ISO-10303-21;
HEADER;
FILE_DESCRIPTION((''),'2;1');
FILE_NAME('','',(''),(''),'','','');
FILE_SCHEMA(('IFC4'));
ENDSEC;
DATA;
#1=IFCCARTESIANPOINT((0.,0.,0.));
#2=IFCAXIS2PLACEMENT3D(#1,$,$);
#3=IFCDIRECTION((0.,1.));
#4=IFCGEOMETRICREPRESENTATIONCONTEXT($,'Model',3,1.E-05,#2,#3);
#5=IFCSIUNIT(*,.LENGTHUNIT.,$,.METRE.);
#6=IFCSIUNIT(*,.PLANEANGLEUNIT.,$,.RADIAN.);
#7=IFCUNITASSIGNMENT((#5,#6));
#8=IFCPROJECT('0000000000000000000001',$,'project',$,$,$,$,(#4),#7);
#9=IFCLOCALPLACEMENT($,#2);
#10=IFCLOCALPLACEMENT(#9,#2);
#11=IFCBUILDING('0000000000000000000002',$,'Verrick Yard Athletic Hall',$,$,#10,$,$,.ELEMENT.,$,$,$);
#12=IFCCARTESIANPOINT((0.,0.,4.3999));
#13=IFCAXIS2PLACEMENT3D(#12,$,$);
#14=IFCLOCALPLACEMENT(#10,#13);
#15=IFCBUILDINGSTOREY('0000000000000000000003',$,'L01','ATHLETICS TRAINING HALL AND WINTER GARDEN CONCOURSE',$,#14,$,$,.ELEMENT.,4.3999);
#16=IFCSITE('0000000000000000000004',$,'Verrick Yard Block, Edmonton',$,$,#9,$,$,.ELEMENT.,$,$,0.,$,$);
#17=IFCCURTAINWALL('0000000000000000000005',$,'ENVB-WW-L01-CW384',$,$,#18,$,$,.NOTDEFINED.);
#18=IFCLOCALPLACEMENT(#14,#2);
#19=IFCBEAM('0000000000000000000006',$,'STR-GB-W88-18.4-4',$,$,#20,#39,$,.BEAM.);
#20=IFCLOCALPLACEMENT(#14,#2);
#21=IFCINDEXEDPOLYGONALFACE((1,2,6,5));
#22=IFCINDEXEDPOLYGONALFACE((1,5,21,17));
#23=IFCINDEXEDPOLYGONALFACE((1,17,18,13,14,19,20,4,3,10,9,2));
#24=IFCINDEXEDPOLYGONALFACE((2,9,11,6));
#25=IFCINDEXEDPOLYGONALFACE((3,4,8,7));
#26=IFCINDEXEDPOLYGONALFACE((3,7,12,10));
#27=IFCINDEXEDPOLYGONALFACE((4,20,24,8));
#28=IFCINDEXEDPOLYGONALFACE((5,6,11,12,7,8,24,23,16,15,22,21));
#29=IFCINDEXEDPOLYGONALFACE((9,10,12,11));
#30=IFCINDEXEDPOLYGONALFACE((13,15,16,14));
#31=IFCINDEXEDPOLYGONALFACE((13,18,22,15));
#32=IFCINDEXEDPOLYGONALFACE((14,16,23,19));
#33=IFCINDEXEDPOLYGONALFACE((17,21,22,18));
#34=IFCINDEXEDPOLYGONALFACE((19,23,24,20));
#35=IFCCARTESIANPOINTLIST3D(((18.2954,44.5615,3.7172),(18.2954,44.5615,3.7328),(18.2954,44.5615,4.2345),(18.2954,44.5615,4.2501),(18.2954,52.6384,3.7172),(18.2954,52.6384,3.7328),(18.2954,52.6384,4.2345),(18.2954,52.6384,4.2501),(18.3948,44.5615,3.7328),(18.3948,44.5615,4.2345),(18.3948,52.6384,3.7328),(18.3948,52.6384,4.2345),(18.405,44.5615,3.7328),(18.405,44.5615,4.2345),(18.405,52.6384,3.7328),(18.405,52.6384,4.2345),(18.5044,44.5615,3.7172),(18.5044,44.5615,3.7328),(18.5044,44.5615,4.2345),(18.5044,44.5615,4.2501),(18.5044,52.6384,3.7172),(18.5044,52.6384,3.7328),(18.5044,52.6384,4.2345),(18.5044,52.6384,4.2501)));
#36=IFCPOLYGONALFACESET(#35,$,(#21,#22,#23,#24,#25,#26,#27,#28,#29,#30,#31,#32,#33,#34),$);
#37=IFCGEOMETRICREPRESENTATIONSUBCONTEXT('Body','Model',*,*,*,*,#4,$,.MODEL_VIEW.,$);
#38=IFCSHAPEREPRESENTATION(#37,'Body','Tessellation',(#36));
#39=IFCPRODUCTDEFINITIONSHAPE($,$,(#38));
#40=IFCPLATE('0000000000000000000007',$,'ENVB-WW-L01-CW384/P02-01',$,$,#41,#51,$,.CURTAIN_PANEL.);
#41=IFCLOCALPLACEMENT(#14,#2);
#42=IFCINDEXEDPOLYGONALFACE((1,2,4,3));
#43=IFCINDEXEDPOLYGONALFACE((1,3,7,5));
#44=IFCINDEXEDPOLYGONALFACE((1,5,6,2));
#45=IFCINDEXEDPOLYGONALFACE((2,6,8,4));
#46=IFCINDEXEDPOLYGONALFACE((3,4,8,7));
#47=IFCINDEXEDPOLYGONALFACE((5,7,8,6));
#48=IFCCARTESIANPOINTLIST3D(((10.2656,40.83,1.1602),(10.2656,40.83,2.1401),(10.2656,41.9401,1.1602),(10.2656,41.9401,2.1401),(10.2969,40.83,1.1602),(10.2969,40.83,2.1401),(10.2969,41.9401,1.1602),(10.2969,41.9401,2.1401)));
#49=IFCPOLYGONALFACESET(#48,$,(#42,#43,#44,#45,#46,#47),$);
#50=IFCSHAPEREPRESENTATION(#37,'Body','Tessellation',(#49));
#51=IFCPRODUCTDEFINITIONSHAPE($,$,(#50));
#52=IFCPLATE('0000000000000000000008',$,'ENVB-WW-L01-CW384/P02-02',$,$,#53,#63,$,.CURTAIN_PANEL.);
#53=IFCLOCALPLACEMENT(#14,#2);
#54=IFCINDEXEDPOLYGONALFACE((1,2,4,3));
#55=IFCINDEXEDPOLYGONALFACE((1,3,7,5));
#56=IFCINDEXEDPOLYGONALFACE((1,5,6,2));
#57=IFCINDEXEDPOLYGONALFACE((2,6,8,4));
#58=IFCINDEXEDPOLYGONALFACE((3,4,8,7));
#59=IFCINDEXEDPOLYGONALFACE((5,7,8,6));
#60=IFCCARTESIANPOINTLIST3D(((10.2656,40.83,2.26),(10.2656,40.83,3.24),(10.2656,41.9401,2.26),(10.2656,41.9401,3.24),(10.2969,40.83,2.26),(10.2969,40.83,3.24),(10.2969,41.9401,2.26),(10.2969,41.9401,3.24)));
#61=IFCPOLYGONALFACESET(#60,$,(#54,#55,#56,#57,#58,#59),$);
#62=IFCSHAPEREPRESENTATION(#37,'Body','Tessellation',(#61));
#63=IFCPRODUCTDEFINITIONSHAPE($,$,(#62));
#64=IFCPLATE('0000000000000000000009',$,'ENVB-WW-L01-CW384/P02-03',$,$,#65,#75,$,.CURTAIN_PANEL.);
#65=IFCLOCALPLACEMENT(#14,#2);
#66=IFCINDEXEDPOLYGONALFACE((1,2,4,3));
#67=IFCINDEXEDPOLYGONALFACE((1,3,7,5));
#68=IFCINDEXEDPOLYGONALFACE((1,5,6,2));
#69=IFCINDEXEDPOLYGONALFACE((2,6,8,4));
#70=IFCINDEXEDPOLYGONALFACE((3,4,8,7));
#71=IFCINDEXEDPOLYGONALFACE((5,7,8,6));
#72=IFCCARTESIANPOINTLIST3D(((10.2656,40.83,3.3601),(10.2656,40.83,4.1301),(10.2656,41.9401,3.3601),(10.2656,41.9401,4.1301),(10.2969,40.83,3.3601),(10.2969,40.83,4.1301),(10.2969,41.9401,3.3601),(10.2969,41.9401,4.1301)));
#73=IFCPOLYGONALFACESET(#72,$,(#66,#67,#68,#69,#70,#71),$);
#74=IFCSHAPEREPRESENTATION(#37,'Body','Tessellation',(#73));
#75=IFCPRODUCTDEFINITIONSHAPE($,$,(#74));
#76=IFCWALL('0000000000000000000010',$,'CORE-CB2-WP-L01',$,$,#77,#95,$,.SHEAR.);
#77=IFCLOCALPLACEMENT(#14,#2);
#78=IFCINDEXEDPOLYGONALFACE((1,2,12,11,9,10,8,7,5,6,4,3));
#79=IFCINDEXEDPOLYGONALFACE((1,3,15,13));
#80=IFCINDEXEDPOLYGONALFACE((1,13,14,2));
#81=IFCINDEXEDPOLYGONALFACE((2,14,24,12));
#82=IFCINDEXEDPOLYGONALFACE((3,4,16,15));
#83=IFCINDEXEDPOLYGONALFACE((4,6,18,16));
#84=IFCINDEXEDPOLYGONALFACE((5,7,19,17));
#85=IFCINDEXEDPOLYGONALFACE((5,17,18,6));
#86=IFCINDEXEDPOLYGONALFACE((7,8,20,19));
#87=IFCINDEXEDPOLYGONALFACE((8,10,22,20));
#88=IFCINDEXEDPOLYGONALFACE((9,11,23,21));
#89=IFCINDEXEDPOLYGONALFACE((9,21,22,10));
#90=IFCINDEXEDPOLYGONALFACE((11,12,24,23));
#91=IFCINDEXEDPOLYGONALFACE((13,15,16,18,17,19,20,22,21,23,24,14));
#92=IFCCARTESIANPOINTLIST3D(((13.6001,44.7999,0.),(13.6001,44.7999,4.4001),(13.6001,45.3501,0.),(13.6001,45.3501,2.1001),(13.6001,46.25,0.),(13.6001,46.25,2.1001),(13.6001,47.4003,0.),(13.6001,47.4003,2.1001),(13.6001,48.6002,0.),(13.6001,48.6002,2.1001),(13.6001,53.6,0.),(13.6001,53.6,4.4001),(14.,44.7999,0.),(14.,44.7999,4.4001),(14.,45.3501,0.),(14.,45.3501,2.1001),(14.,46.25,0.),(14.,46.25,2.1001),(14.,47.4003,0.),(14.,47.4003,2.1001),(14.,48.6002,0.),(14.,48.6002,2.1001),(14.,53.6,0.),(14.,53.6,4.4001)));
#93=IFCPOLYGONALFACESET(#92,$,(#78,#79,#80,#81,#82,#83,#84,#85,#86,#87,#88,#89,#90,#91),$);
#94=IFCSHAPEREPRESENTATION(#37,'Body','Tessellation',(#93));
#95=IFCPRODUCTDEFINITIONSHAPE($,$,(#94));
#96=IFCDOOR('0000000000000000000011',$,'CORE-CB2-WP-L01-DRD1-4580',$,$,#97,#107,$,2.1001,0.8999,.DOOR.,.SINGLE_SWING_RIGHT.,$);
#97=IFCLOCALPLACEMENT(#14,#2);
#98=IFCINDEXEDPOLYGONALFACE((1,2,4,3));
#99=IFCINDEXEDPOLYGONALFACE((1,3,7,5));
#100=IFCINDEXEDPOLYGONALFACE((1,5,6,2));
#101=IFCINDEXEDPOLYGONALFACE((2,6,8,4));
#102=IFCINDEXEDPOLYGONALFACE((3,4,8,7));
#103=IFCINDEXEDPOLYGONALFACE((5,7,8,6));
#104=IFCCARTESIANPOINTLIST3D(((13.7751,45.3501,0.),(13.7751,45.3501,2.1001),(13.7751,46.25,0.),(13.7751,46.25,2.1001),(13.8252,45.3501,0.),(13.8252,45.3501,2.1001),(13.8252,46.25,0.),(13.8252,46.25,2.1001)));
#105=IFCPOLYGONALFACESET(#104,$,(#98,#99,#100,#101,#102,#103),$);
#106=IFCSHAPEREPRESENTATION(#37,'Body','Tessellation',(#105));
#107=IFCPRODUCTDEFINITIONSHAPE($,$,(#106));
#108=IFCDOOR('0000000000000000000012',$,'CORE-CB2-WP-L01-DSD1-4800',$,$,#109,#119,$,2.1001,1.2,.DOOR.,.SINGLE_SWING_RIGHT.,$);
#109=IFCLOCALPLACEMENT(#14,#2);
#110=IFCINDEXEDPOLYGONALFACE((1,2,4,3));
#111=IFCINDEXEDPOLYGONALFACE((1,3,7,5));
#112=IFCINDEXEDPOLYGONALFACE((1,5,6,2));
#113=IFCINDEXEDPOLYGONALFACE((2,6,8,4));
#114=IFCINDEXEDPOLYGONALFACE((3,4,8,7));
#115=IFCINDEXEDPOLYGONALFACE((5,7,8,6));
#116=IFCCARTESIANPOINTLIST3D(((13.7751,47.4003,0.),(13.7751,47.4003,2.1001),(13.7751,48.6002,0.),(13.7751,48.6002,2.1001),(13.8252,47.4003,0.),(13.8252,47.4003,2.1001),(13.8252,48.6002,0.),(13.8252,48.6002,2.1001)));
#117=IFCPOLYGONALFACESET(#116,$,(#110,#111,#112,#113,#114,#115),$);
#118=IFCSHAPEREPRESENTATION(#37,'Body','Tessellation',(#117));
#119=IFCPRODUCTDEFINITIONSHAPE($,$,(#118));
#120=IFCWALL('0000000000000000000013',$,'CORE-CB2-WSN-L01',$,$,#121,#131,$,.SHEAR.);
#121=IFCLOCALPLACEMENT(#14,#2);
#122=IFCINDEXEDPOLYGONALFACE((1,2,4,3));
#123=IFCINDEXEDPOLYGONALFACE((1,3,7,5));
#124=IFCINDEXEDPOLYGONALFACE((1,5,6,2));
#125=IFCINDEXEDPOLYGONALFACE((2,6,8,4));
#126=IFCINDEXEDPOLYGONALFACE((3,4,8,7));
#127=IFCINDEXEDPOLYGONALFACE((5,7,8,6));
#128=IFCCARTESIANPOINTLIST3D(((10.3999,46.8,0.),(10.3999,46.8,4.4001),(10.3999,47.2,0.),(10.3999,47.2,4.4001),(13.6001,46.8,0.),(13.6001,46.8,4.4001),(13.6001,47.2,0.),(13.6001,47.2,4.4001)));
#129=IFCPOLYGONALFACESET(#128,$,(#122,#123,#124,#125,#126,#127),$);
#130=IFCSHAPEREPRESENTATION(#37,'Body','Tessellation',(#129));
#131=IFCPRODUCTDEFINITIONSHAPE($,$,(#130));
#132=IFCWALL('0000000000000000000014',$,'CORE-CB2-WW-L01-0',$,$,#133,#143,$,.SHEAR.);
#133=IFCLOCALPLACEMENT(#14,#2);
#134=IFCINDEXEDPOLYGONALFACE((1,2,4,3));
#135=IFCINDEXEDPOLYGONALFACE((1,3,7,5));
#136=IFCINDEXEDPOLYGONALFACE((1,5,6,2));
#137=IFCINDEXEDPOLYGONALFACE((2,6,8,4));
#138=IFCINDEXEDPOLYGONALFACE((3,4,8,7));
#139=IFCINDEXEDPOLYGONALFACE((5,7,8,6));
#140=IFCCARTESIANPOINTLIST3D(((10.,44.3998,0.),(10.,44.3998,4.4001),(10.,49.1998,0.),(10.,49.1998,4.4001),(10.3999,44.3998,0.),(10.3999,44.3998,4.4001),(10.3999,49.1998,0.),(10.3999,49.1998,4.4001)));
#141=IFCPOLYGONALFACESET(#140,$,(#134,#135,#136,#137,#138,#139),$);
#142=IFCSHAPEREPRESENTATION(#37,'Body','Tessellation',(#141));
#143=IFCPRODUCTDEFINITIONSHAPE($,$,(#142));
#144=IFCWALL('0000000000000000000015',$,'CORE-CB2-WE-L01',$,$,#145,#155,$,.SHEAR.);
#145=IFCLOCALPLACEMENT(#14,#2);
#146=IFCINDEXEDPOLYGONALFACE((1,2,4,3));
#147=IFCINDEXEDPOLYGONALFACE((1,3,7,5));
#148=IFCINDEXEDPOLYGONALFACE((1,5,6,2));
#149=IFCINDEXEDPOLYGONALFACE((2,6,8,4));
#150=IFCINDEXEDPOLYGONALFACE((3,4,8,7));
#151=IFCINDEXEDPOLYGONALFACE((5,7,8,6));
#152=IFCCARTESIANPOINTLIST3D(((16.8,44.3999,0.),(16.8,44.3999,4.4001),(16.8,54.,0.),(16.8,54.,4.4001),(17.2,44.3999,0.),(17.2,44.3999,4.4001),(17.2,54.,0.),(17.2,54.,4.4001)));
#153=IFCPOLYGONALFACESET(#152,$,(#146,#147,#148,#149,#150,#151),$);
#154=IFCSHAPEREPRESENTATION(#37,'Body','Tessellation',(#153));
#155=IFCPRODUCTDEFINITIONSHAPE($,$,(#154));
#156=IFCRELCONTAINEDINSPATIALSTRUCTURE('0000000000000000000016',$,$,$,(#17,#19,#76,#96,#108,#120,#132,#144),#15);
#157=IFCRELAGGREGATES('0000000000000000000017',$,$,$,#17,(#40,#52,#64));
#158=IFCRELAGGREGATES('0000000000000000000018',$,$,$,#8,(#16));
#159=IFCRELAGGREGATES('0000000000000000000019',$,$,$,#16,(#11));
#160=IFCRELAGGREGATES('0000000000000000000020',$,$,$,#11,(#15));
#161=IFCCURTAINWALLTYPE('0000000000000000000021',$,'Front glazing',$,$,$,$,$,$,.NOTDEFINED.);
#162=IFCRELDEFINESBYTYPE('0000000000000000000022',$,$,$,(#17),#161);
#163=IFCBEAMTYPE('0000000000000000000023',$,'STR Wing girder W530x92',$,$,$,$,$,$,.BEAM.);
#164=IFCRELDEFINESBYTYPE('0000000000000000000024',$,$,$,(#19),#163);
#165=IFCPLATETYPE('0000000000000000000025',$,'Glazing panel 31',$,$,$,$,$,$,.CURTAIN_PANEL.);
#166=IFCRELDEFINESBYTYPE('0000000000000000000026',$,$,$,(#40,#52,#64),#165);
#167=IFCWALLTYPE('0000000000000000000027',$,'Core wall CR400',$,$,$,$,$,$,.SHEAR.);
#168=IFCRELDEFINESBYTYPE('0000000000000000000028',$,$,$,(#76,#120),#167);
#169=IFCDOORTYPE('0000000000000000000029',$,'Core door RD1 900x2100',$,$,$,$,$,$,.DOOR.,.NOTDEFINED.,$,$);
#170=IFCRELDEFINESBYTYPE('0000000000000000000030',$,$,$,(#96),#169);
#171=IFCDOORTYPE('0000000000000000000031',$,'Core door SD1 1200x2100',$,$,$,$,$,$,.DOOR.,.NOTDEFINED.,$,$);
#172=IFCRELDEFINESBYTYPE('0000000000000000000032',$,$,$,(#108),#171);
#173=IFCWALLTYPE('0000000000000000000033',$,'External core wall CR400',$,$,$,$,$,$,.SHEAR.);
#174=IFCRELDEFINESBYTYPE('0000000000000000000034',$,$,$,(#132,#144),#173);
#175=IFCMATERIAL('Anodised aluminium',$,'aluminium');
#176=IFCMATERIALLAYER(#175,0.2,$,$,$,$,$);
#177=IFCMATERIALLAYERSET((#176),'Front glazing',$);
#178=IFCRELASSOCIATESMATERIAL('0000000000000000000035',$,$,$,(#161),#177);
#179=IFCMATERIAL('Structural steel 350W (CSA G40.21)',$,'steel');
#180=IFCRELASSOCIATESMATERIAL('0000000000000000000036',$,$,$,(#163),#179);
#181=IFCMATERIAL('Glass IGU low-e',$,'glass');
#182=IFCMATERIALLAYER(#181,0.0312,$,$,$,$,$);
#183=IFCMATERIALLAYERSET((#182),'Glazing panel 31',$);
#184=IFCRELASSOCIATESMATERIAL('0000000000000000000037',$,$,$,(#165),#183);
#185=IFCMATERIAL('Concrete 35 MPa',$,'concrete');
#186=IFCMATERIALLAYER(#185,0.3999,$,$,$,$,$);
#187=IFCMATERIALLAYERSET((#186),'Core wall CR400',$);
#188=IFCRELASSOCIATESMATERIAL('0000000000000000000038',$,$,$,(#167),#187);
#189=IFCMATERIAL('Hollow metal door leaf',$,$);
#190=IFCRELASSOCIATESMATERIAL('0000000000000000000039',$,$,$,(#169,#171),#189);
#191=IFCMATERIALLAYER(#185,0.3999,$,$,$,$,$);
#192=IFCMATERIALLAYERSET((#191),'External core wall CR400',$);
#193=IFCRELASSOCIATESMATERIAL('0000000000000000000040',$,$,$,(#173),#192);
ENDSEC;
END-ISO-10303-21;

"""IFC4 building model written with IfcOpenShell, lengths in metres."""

from ifc_helpers import new_model, si_unit, direction, frame, frame_2d, origin, origin_2d, place, context, subcontext, project, spatial, rectangle, i_section, extrude, material, layer, layer_set, material_profile, profile_set, type_object, element, fill, aggregate, save


model = new_model("IFC4")

# Units and contexts
model_context = context("Model", 3, precision=1e-05, world=origin(), true_north=direction((0.0, 1.0)))
body_context = subcontext(model_context, "Body", "Model", "MODEL_VIEW")
ifc_project = project(units=[si_unit("LENGTHUNIT", "METRE"), si_unit("PLANEANGLEUNIT", "RADIAN")], contexts=[model_context])

# Site, building, storey
site_placement = place(None, origin())
site = spatial("IfcSite", under=ifc_project, at=site_placement, Name="Verrick Yard Block, Edmonton", CompositionType="ELEMENT", RefElevation=0.0)
building_placement = place(site_placement, origin())
building = spatial("IfcBuilding", under=site, at=building_placement, Name="Verrick Yard Athletic Hall", CompositionType="ELEMENT")
storey_placement = place(building_placement, frame((0.0, 0.0, 4.3999)))
storey = spatial("IfcBuildingStorey", under=building, at=storey_placement, Name="L01", Description="ATHLETICS TRAINING HALL AND WINTER GARDEN CONCOURSE", CompositionType="ELEMENT", Elevation=4.3999)

# Shared definitions
ifc_material_1 = material(Name="Structural steel 350W (CSA G40.21)", Category="steel")

# Curtain wall
ifc_material_2 = material(Name="Anodised aluminium", Category="aluminium")
ifc_layer_1 = layer(ifc_material_2, 0.2)
ifc_layer_set_1 = layer_set([ifc_layer_1], Name="Front glazing")
curtain_wall_type_1 = type_object("IfcCurtainWallType", Name="Front glazing", PredefinedType="NOTDEFINED", material=ifc_layer_set_1)
curtain_wall_1_placement = place(storey_placement, origin())
curtain_wall_1 = element("IfcCurtainWall", 1, at=curtain_wall_1_placement, inside=storey, type_object=curtain_wall_type_1, Name="ENVB-WW-L01-CW384", PredefinedType="NOTDEFINED")

# Beam
ifc_material_profile_1 = material_profile(ifc_material_1, i_section(OverallWidth=0.209, OverallDepth=0.533, WebThickness=0.0103, FlangeThickness=0.0156, at=origin_2d()), Name="W530x92")
ifc_profile_set_1 = profile_set([ifc_material_profile_1], Name="Structural steel 350W (CSA G40.21)")
beam_type_1 = type_object("IfcBeamType", Name="STR Wing girder W530x92", PredefinedType="BEAM", material=ifc_profile_set_1)
beam_1_placement = place(storey_placement, frame((18.3999, 44.5615, 3.9836), z_axis=(0.0, 1.0, 0.0), x_axis=(-1.0, 0.0, 0.0)))
element("IfcBeam", 2, at=beam_1_placement, inside=storey, type_object=beam_type_1, Name="STR-GB-W88-18.4-4", PredefinedType="BEAM", context=body_context, shape_type="SweptSolid", body=[
    extrude(i_section(OverallWidth=0.209, OverallDepth=0.533, WebThickness=0.0103, FlangeThickness=0.0156, at=origin_2d()), origin(), (0.0, 0.0, 1.0), 8.0769),
])

# Plates
ifc_material_3 = material(Name="Glass IGU low-e", Category="glass")
ifc_layer_2 = layer(ifc_material_3, 0.0312)
ifc_layer_set_2 = layer_set([ifc_layer_2], Name="Glazing panel 31")
plate_type = type_object("IfcPlateType", Name="Glazing panel 31", PredefinedType="CURTAIN_PANEL", material=ifc_layer_set_2)
plate_1_placement = place(storey_placement, frame((10.2812, 41.385, 1.1602), z_axis=(0.0, 0.0, 1.0), x_axis=(0.0, 1.0, 0.0)))
plate_1 = element("IfcPlate", 3, at=plate_1_placement, type_object=plate_type, Name="ENVB-WW-L01-CW384/P02-01", PredefinedType="CURTAIN_PANEL", context=body_context, shape_type="SweptSolid", body=[
    extrude(rectangle(XDim=1.1101, YDim=0.0312, at=origin_2d()), origin(), (0.0, 0.0, 1.0), 0.98),
])
plate_2_placement = place(storey_placement, frame((10.2812, 41.385, 2.26), z_axis=(0.0, 0.0, 1.0), x_axis=(0.0, 1.0, 0.0)))
plate_2 = element("IfcPlate", 4, at=plate_2_placement, type_object=plate_type, Name="ENVB-WW-L01-CW384/P02-02", PredefinedType="CURTAIN_PANEL", context=body_context, shape_type="SweptSolid", body=[
    extrude(rectangle(XDim=1.1101, YDim=0.0312, at=origin_2d()), origin(), (0.0, 0.0, 1.0), 0.98),
])
plate_3_placement = place(storey_placement, frame((10.2812, 41.385, 3.3601), z_axis=(0.0, 0.0, 1.0), x_axis=(0.0, 1.0, 0.0)))
plate_3 = element("IfcPlate", 5, at=plate_3_placement, type_object=plate_type, Name="ENVB-WW-L01-CW384/P02-03", PredefinedType="CURTAIN_PANEL", context=body_context, shape_type="SweptSolid", body=[
    extrude(rectangle(XDim=1.1101, YDim=0.0312, at=origin_2d()), origin(), (0.0, 0.0, 1.0), 0.77),
])
aggregate(curtain_wall_1, [plate_1, plate_2, plate_3])

# Wall, openings, doors
ifc_material_4 = material(Name="Concrete 35 MPa", Category="concrete")
ifc_layer_3 = layer(ifc_material_4, 0.3999)
ifc_layer_set_3 = layer_set([ifc_layer_3], Name="Core wall CR400")
wall_type_1 = type_object("IfcWallType", Name="Core wall CR400", PredefinedType="SHEAR", material=ifc_layer_set_3)
wall_1_placement = place(storey_placement, frame((13.8, 44.8, 0.0), z_axis=(0.0, 0.0, 1.0), x_axis=(0.0, 1.0, 0.0)))
wall_1 = element("IfcWall", 6, at=wall_1_placement, inside=storey, type_object=wall_type_1, Name="CORE-CB2-WP-L01", PredefinedType="SHEAR", context=body_context, shape_type="SweptSolid", body=[
    extrude(rectangle(XDim=8.8, YDim=0.3999, at=frame_2d((4.3999, 0.0))), origin(), (0.0, 0.0, 1.0), 4.4001),
])
opening_1_placement = place(wall_1_placement, frame((2.6001, 0.0, 0.0)))
opening_1 = element("IfcOpeningElement", 7, at=opening_1_placement, cuts=wall_1, PredefinedType="OPENING", context=body_context, shape_type="SweptSolid", body=[
    extrude(rectangle(XDim=1.2, YDim=2.1001, at=frame_2d((0.6001, 1.05))), frame((0.0, 0.21, 0.0), z_axis=(0.0, -1.0, 0.0), x_axis=(1.0, 0.0, 0.0)), (0.0, 0.0, 1.0), 0.4199),
])
opening_2_placement = place(wall_1_placement, frame((0.55, 0.0, 0.0)))
opening_2 = element("IfcOpeningElement", 8, at=opening_2_placement, cuts=wall_1, PredefinedType="OPENING", context=body_context, shape_type="SweptSolid", body=[
    extrude(rectangle(XDim=0.8999, YDim=2.1001, at=frame_2d((0.45, 1.05))), frame((0.0, 0.21, 0.0), z_axis=(0.0, -1.0, 0.0), x_axis=(1.0, 0.0, 0.0)), (0.0, 0.0, 1.0), 0.4199),
])
ifc_material_5 = material(Name="Hollow metal door leaf")
door_type_1 = type_object("IfcDoorType", Name="Core door RD1 900x2100", OperationType="NOTDEFINED", PredefinedType="DOOR", material=ifc_material_5)
door_1_placement = place(opening_2_placement, origin())
door_1 = element("IfcDoor", 9, at=door_1_placement, inside=storey, type_object=door_type_1, Name="CORE-CB2-WP-L01-DRD1-4580", OperationType="SINGLE_SWING_RIGHT", OverallHeight=2.1001, OverallWidth=0.8999, PredefinedType="DOOR", context=body_context, shape_type="SweptSolid", body=[
    extrude(rectangle(XDim=0.8999, YDim=2.1001, at=frame_2d((0.45, 1.05))), frame((0.0, 0.0249, 0.0), z_axis=(0.0, -1.0, 0.0), x_axis=(1.0, 0.0, 0.0)), (0.0, 0.0, 1.0), 0.05),
])
fill(opening_2, door_1)
door_type_2 = type_object("IfcDoorType", Name="Core door SD1 1200x2100", OperationType="NOTDEFINED", PredefinedType="DOOR", material=ifc_material_5)
door_2_placement = place(opening_1_placement, origin())
door_2 = element("IfcDoor", 10, at=door_2_placement, inside=storey, type_object=door_type_2, Name="CORE-CB2-WP-L01-DSD1-4800", OperationType="SINGLE_SWING_RIGHT", OverallHeight=2.1001, OverallWidth=1.2, PredefinedType="DOOR", context=body_context, shape_type="SweptSolid", body=[
    extrude(rectangle(XDim=1.2, YDim=2.1001, at=frame_2d((0.6001, 1.05))), frame((0.0, 0.0249, 0.0), z_axis=(0.0, -1.0, 0.0), x_axis=(1.0, 0.0, 0.0)), (0.0, 0.0, 1.0), 0.05),
])
fill(opening_1, door_2)

# Walls
wall_2_placement = place(storey_placement, frame((10.3999, 47.0, 0.0), z_axis=(0.0, 0.0, 1.0), x_axis=(1.0, 0.0, 0.0)))
element("IfcWall", 11, at=wall_2_placement, inside=storey, type_object=wall_type_1, Name="CORE-CB2-WSN-L01", PredefinedType="SHEAR", context=body_context, shape_type="SweptSolid", body=[
    extrude(rectangle(XDim=3.2002, YDim=0.3999, at=frame_2d((1.6001, 0.0))), origin(), (0.0, 0.0, 1.0), 4.4001),
])
ifc_layer_4 = layer(ifc_material_4, 0.3999)
ifc_layer_set_4 = layer_set([ifc_layer_4], Name="External core wall CR400")
wall_type_2 = type_object("IfcWallType", Name="External core wall CR400", PredefinedType="SHEAR", material=ifc_layer_set_4)
wall_3_placement = place(storey_placement, frame((10.2, 44.3999, 0.0), z_axis=(0.0, 0.0, 1.0), x_axis=(0.0, 1.0, 0.0)))
element("IfcWall", 12, at=wall_3_placement, inside=storey, type_object=wall_type_2, Name="CORE-CB2-WW-L01-0", PredefinedType="SHEAR", context=body_context, shape_type="SweptSolid", body=[
    extrude(rectangle(XDim=4.8, YDim=0.3999, at=frame_2d((2.3999, 0.0))), origin(), (0.0, 0.0, 1.0), 4.4001),
])
wall_4_placement = place(storey_placement, frame((17.0, 44.3999, 0.0), z_axis=(0.0, 0.0, 1.0), x_axis=(0.0, 1.0, 0.0)))
element("IfcWall", 13, at=wall_4_placement, inside=storey, type_object=wall_type_2, Name="CORE-CB2-WE-L01", PredefinedType="SHEAR", context=body_context, shape_type="SweptSolid", body=[
    extrude(rectangle(XDim=9.6001, YDim=0.3999, at=frame_2d((4.8, 0.0))), origin(), (0.0, 0.0, 1.0), 4.4001),
])

save(model, "model.ifc")
